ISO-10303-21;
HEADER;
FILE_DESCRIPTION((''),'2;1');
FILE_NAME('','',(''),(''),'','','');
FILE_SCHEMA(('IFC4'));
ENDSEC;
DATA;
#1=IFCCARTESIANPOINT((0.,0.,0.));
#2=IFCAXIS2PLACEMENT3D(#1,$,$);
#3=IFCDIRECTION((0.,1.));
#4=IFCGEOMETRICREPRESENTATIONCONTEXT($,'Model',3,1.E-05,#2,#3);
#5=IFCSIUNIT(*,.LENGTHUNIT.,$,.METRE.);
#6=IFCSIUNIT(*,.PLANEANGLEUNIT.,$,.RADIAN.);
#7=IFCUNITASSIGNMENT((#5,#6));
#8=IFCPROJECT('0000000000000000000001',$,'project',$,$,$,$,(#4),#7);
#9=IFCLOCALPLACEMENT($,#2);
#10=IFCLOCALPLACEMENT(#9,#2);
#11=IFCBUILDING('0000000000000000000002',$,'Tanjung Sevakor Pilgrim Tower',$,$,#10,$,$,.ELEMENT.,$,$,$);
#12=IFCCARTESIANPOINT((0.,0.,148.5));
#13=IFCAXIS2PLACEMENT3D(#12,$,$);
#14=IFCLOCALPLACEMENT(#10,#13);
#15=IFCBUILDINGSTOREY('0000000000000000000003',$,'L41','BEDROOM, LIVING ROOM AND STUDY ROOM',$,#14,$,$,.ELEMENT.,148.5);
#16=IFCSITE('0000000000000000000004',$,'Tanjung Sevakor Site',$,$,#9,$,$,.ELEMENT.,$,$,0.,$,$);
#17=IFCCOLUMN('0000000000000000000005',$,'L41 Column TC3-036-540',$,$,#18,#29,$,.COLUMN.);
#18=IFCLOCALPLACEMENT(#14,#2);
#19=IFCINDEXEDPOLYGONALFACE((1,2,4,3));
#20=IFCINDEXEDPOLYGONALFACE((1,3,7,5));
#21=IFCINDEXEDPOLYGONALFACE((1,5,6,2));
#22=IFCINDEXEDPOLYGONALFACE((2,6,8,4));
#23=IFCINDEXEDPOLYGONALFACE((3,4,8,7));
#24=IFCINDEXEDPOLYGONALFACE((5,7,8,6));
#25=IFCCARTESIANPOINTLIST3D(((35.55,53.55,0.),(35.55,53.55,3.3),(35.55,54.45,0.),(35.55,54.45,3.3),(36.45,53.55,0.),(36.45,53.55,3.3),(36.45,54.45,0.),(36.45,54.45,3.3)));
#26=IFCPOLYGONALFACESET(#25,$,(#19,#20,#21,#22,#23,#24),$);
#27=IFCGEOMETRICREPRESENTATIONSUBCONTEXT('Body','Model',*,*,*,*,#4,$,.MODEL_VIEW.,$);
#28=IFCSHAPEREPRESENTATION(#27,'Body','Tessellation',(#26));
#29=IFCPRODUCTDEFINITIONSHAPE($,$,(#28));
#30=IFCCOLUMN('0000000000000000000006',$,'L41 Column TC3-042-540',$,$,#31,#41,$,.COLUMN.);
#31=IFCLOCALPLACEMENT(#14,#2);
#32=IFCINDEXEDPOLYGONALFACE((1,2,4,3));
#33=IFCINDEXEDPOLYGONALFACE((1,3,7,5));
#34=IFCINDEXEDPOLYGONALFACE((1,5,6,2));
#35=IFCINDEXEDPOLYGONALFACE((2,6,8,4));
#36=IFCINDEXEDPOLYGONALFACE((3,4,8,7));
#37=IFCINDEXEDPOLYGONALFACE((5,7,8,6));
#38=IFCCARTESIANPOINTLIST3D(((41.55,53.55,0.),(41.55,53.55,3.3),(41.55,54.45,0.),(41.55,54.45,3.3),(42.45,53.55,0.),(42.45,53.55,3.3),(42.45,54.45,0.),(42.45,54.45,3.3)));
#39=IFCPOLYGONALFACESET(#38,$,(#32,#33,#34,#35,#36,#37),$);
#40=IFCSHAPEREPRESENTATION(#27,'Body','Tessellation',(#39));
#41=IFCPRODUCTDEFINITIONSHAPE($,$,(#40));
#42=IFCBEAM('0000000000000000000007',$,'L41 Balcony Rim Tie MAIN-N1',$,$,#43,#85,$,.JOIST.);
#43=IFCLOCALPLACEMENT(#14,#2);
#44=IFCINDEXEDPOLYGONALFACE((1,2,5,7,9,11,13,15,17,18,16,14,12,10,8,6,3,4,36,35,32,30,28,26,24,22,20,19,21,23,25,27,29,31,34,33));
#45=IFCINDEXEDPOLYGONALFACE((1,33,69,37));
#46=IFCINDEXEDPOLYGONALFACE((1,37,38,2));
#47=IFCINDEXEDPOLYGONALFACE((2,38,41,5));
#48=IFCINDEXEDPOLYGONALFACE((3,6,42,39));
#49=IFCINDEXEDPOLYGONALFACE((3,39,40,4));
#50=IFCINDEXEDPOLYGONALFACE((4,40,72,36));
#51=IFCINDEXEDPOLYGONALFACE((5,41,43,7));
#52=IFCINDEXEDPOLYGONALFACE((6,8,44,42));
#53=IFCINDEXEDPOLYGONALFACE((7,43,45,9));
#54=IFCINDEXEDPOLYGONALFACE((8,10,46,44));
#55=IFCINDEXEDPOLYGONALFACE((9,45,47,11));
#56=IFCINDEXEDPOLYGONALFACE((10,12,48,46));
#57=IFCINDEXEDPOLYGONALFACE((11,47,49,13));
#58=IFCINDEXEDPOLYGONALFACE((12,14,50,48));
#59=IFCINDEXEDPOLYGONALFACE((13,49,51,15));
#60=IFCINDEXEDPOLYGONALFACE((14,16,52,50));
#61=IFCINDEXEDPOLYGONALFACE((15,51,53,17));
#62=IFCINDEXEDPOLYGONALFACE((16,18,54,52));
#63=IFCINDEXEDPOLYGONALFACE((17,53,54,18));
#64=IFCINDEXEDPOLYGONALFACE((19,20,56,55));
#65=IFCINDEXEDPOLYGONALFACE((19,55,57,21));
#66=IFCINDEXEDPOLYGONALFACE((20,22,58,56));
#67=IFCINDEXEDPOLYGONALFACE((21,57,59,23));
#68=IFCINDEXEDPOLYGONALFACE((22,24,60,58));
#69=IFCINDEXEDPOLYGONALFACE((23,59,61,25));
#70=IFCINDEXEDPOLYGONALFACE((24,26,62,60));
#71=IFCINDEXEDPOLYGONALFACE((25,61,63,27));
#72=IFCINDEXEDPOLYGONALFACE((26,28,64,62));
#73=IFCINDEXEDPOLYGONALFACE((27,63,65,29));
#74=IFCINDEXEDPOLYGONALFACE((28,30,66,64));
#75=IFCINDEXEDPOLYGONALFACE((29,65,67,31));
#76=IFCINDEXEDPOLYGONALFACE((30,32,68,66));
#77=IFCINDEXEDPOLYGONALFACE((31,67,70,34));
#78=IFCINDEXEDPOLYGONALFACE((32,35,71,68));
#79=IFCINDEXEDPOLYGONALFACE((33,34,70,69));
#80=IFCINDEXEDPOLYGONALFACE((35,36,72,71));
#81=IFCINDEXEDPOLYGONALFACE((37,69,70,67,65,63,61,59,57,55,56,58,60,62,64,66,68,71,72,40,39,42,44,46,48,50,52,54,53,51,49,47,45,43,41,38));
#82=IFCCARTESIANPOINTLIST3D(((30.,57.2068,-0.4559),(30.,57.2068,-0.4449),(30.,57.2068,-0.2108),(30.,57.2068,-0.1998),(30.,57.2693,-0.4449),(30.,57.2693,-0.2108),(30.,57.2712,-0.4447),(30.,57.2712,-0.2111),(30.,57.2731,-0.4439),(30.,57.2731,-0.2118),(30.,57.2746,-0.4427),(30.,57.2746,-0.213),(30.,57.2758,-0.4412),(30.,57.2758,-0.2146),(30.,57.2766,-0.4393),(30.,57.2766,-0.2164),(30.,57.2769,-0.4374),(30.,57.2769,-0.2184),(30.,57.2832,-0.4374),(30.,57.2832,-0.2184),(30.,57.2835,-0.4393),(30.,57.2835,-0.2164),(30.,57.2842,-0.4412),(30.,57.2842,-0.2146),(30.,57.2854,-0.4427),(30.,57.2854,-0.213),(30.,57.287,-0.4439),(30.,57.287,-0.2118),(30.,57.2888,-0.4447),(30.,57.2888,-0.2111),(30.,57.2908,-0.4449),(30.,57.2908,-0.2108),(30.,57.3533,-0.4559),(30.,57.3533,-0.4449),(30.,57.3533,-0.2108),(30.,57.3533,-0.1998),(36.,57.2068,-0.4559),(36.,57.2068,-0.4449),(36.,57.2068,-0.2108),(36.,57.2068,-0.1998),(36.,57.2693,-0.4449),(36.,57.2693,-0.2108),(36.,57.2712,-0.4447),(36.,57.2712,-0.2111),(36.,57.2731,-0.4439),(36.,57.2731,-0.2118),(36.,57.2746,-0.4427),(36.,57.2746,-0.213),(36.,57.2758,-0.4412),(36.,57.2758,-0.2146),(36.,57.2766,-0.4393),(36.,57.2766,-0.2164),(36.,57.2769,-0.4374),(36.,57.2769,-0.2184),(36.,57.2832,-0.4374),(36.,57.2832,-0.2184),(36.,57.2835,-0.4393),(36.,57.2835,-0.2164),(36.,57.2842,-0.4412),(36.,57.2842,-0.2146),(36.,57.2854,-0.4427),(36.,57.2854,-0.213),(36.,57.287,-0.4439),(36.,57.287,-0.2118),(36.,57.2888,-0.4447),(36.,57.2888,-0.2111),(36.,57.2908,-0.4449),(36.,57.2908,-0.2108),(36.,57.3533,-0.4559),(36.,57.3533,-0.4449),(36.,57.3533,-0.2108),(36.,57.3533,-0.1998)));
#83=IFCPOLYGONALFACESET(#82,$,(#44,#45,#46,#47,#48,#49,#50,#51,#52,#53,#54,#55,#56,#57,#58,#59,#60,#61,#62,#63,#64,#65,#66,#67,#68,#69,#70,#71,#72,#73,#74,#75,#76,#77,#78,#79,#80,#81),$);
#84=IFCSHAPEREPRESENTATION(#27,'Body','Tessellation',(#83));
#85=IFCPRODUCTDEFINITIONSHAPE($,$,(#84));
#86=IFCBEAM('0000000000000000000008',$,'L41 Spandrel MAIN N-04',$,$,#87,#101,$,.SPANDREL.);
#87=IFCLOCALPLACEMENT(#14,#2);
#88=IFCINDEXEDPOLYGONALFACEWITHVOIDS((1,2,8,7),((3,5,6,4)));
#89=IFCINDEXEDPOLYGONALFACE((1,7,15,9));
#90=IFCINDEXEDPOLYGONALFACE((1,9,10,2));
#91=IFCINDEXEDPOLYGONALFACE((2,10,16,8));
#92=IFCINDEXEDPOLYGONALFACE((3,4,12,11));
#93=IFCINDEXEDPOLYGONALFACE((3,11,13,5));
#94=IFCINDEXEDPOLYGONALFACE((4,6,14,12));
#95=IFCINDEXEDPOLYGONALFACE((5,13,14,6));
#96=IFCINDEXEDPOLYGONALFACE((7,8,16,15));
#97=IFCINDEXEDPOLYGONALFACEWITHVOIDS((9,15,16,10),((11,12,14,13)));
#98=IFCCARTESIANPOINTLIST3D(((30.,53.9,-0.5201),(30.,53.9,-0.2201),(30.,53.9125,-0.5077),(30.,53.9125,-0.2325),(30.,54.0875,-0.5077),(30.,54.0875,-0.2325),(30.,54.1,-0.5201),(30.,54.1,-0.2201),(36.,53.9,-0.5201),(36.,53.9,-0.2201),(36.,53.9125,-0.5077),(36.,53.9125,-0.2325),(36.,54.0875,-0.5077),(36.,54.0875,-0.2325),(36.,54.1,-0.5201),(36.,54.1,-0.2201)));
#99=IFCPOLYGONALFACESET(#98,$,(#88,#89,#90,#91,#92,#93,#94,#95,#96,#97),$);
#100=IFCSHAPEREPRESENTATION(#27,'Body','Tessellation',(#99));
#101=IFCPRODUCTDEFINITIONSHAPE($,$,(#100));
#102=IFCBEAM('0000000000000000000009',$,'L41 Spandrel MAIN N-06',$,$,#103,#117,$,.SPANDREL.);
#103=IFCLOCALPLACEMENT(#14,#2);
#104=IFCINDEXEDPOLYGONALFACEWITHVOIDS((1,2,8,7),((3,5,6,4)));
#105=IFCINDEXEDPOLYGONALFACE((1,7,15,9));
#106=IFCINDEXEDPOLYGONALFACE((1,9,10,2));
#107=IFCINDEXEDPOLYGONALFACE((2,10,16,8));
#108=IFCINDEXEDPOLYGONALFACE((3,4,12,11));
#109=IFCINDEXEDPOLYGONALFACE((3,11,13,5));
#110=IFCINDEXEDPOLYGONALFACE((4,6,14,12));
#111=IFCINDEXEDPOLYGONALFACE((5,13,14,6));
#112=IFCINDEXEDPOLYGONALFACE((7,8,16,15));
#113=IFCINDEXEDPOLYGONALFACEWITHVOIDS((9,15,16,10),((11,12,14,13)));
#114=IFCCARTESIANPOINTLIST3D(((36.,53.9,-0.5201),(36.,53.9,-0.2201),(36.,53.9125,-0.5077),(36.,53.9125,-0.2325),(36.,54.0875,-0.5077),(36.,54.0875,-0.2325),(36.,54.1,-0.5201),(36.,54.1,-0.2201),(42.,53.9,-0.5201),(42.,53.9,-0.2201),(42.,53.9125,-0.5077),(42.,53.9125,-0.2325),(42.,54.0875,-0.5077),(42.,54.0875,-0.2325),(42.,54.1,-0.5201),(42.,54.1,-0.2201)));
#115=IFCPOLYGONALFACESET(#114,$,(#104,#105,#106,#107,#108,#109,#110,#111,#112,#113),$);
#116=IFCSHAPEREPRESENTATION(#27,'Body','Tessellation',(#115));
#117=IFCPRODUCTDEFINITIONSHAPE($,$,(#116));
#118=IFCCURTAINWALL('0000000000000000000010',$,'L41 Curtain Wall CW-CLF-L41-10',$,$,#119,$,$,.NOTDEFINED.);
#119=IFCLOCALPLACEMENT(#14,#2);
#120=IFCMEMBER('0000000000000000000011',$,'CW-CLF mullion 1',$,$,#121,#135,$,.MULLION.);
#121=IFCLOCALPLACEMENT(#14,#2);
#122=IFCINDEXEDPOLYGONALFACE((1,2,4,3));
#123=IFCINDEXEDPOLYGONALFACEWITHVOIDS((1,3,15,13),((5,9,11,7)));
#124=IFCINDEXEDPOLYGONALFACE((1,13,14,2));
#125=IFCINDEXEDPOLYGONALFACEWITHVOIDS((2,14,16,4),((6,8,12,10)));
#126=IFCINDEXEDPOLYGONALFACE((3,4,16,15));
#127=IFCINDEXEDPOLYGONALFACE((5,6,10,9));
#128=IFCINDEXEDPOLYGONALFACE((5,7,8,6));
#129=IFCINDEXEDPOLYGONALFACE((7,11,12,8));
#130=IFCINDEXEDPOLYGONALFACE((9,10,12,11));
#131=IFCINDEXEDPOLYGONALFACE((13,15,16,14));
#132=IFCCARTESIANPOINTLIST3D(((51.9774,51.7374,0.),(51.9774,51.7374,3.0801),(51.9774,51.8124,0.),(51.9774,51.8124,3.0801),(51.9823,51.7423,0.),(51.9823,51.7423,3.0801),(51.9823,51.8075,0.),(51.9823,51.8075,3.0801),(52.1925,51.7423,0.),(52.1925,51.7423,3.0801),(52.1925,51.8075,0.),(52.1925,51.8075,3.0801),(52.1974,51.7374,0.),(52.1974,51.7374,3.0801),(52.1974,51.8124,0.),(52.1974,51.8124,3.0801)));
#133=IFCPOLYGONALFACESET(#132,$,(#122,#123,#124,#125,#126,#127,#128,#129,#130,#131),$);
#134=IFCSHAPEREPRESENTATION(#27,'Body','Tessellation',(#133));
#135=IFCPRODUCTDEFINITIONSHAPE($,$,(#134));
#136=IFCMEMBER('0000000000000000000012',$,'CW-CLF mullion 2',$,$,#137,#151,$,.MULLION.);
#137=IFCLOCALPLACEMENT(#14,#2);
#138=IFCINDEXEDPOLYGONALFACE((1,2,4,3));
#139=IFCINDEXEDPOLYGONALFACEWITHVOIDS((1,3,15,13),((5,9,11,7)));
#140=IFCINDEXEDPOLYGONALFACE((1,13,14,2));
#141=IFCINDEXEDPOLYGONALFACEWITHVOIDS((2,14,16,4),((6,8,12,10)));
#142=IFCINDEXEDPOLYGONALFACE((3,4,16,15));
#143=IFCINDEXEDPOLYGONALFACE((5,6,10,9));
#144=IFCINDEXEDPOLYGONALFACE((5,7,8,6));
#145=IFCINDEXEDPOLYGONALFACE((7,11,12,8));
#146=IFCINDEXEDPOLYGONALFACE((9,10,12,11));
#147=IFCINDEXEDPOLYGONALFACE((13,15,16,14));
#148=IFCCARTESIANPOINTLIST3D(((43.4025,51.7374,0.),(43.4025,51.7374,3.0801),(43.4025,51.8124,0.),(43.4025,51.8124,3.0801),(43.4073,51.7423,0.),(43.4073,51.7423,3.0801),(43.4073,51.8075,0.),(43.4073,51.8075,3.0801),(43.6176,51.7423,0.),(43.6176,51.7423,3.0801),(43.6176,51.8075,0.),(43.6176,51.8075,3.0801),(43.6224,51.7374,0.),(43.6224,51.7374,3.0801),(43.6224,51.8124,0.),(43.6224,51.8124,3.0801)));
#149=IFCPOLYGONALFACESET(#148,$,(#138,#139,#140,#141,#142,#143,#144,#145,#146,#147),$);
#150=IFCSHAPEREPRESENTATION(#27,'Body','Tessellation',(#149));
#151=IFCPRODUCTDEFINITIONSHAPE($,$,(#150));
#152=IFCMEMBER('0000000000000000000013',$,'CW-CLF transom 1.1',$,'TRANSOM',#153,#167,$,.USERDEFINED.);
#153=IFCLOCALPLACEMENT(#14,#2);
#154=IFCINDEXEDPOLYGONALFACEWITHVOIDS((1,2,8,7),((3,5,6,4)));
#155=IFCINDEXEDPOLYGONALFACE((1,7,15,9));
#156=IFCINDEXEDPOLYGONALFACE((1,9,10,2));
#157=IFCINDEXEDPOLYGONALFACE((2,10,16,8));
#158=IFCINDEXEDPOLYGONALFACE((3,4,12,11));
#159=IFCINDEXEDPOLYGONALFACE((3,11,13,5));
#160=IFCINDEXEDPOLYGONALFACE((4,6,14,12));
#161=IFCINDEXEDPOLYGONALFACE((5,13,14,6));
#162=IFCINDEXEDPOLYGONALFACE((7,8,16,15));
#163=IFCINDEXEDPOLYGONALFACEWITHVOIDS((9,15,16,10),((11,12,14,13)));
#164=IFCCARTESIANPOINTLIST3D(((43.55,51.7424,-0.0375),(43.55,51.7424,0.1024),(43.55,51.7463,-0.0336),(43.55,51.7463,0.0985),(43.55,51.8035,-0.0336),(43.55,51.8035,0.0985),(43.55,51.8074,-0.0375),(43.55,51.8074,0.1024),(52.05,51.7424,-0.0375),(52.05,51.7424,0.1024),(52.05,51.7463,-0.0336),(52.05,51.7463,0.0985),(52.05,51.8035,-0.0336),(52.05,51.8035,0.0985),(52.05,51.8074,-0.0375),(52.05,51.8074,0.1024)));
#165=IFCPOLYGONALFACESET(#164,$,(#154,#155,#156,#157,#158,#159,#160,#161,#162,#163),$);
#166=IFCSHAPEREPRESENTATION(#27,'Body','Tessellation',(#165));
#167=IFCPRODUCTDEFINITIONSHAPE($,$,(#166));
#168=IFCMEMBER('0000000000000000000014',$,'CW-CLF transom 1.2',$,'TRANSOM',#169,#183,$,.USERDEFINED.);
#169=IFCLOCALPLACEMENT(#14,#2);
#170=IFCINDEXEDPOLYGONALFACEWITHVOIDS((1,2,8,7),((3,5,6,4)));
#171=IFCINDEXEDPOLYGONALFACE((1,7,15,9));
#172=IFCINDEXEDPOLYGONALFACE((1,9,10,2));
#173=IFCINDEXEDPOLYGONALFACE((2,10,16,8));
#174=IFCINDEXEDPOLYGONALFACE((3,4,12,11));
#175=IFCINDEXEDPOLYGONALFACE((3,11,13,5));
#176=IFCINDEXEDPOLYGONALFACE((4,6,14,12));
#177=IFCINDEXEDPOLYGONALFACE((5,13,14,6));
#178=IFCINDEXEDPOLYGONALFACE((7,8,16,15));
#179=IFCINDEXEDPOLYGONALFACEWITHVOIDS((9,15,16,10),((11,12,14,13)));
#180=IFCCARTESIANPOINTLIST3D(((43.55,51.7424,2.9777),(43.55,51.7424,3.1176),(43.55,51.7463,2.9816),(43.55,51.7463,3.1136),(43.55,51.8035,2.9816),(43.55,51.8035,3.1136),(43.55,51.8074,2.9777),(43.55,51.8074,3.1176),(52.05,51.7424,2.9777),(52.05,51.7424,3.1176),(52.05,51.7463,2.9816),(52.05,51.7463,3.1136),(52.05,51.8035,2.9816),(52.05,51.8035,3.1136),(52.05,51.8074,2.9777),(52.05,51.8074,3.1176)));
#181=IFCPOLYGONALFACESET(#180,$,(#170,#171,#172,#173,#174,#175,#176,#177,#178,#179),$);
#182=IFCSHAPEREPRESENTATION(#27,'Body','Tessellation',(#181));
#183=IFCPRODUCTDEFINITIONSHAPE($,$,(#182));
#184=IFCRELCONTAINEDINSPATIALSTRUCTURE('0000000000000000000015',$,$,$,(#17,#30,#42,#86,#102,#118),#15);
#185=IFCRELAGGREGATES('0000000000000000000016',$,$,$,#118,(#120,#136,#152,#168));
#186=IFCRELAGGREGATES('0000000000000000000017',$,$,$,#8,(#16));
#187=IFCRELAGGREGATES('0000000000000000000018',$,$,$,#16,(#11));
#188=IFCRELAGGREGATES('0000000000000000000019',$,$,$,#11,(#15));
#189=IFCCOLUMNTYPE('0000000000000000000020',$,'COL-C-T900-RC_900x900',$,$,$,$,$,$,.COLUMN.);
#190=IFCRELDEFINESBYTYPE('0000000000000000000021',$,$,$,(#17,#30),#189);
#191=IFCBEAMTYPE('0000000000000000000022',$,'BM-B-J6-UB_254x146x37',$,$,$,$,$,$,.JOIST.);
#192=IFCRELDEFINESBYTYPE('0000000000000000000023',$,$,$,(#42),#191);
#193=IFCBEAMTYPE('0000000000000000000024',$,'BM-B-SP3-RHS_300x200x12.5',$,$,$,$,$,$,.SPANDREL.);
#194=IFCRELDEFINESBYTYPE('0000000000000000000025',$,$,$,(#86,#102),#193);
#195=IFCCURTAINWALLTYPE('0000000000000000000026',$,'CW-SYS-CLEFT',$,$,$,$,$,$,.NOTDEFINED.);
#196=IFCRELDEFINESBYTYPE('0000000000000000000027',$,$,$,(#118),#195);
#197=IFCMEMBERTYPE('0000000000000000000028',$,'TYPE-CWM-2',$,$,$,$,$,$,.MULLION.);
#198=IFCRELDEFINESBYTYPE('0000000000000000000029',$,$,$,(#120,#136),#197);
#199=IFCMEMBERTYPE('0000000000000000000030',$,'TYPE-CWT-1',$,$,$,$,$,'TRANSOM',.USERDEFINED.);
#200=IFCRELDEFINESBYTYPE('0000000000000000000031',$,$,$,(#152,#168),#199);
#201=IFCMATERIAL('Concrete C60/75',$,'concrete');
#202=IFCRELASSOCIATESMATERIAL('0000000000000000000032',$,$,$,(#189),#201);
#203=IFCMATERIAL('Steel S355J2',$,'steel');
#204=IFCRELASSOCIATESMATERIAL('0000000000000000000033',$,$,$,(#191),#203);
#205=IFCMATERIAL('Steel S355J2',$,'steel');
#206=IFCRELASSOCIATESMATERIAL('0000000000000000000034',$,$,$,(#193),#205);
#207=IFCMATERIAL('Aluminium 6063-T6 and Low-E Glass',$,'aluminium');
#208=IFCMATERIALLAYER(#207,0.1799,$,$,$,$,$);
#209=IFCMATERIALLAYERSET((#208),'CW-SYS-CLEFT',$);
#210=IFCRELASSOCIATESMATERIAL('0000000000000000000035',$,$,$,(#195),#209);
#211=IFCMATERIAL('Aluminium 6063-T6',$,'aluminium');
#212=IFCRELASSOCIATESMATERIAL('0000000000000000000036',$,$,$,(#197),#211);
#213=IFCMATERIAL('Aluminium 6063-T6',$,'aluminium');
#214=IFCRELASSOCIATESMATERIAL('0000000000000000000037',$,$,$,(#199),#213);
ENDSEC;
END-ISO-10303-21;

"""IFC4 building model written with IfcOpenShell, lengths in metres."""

from ifc_helpers import new_model, si_unit, direction, frame, origin, origin_2d, place, context, subcontext, project, spatial, rectangle, hollow_rectangle, i_section, extrude, material, layer, layer_set, material_profile, profile_set, type_object, element, aggregate, save


model = new_model("IFC4")

# Units and contexts
model_context = context("Model", 3, precision=1e-05, world=origin(), true_north=direction((0.0, 1.0)))
body_context = subcontext(model_context, "Body", "Model", "MODEL_VIEW")
ifc_project = project(units=[si_unit("LENGTHUNIT", "METRE"), si_unit("PLANEANGLEUNIT", "RADIAN")], contexts=[model_context])

# Site, building, storey
site_placement = place(None, origin())
site = spatial("IfcSite", under=ifc_project, at=site_placement, Name="Tanjung Sevakor Site", CompositionType="ELEMENT", RefElevation=0.0)
building_placement = place(site_placement, origin())
building = spatial("IfcBuilding", under=site, at=building_placement, Name="Tanjung Sevakor Pilgrim Tower", CompositionType="ELEMENT")
storey_placement = place(building_placement, frame((0.0, 0.0, 148.5)))
storey = spatial("IfcBuildingStorey", under=building, at=storey_placement, Name="L41", Description="BEDROOM, LIVING ROOM AND STUDY ROOM", CompositionType="ELEMENT", Elevation=148.5)

# Columns
ifc_material_1 = material(Name="Concrete C60/75", Category="concrete")
ifc_material_profile_1 = material_profile(ifc_material_1, rectangle(XDim=0.8999, YDim=0.8999, at=origin_2d()))
ifc_profile_set_1 = profile_set([ifc_material_profile_1], Name="Concrete C60/75")
column_type = type_object("IfcColumnType", Name="COL-C-T900-RC_900x900", PredefinedType="COLUMN", material=ifc_profile_set_1)
for number, where, z_axis, x_axis, name in (
    (1, (36.0, 54.0, 0.0), (0.0, 0.0, 1.0), (1.0, 0.0, 0.0), "L41 Column TC3-036-540"),
    (2, (42.0, 54.0, 0.0), (0.0, 0.0, 1.0), (1.0, 0.0, 0.0), "L41 Column TC3-042-540"),
):
    element("IfcColumn", number, at=place(storey_placement, frame(where, z_axis=z_axis, x_axis=x_axis)), inside=storey, type_object=column_type, Name=name, PredefinedType="COLUMN", context=body_context, shape_type="SweptSolid", body=[
        extrude(rectangle(XDim=0.8999, YDim=0.8999, at=origin_2d()), origin(), (0.0, 0.0, 1.0), 3.3),
    ])

# Beams
ifc_material_2 = material(Name="Steel S355J2", Category="steel")
ifc_material_profile_2 = material_profile(ifc_material_2, i_section(OverallWidth=0.1465, OverallDepth=0.2561, WebThickness=0.0063, FlangeThickness=0.011, FilletRadius=0.0076, at=origin_2d()))
ifc_profile_set_2 = profile_set([ifc_material_profile_2], Name="Steel S355J2")
beam_type_1 = type_object("IfcBeamType", Name="BM-B-J6-UB_254x146x37", PredefinedType="JOIST", material=ifc_profile_set_2)
beam_placement = place(storey_placement, frame((30.0, 57.28, -0.3279), z_axis=(1.0, 0.0, 0.0), x_axis=(0.0, 1.0, 0.0)))
element("IfcBeam", 3, at=beam_placement, inside=storey, type_object=beam_type_1, Name="L41 Balcony Rim Tie MAIN-N1", PredefinedType="JOIST", context=body_context, shape_type="SweptSolid", body=[
    extrude(i_section(OverallWidth=0.1465, OverallDepth=0.2561, WebThickness=0.0063, FlangeThickness=0.011, FilletRadius=0.0076, at=origin_2d()), origin(), (0.0, 0.0, 1.0), 6.0),
])
ifc_material_3 = material(Name="Steel S355J2", Category="steel")
ifc_material_profile_3 = material_profile(ifc_material_3, hollow_rectangle(XDim=0.2, YDim=0.3, WallThickness=0.0125, at=origin_2d()))
ifc_profile_set_3 = profile_set([ifc_material_profile_3], Name="Steel S355J2")
beam_type_2 = type_object("IfcBeamType", Name="BM-B-SP3-RHS_300x200x12.5", PredefinedType="SPANDREL", material=ifc_profile_set_3)
for number, where, z_axis, x_axis, name in (
    (4, (30.0, 54.0, -0.3701), (1.0, 0.0, 0.0), (0.0, 1.0, 0.0), "L41 Spandrel MAIN N-04"),
    (5, (36.0, 54.0, -0.3701), (1.0, 0.0, 0.0), (0.0, 1.0, 0.0), "L41 Spandrel MAIN N-06"),
):
    element("IfcBeam", number, at=place(storey_placement, frame(where, z_axis=z_axis, x_axis=x_axis)), inside=storey, type_object=beam_type_2, Name=name, PredefinedType="SPANDREL", context=body_context, shape_type="SweptSolid", body=[
        extrude(hollow_rectangle(XDim=0.2, YDim=0.3, WallThickness=0.0125, at=origin_2d()), origin(), (0.0, 0.0, 1.0), 6.0),
    ])

# Curtain wall, members
ifc_material_4 = material(Name="Aluminium 6063-T6 and Low-E Glass", Category="aluminium")
ifc_layer_1 = layer(ifc_material_4, 0.1799)
ifc_layer_set_1 = layer_set([ifc_layer_1], Name="CW-SYS-CLEFT")
curtain_wall_type = type_object("IfcCurtainWallType", Name="CW-SYS-CLEFT", PredefinedType="NOTDEFINED", material=ifc_layer_set_1)
curtain_wall_placement = place(storey_placement, origin())
curtain_wall = element("IfcCurtainWall", 6, at=curtain_wall_placement, inside=storey, type_object=curtain_wall_type, Name="L41 Curtain Wall CW-CLF-L41-10", PredefinedType="NOTDEFINED")
ifc_material_5 = material(Name="Aluminium 6063-T6", Category="aluminium")
ifc_material_profile_4 = material_profile(ifc_material_5, hollow_rectangle(XDim=0.075, YDim=0.22, WallThickness=0.0049, at=origin_2d()))
ifc_profile_set_4 = profile_set([ifc_material_profile_4], Name="Aluminium 6063-T6")
member_type_1 = type_object("IfcMemberType", Name="TYPE-CWM-2", PredefinedType="MULLION", material=ifc_profile_set_4)
member_1_placement = place(storey_placement, frame((52.0874, 51.7749, 0.0), z_axis=(0.0, 0.0, 1.0), x_axis=(0.0, -1.0, 0.0)))
member_1 = element("IfcMember", 7, at=member_1_placement, type_object=member_type_1, Name="CW-CLF mullion 1", PredefinedType="MULLION", context=body_context, shape_type="SweptSolid", body=[
    extrude(hollow_rectangle(XDim=0.075, YDim=0.22, WallThickness=0.0049, at=origin_2d()), origin(), (0.0, 0.0, 1.0), 3.0801),
])
member_2_placement = place(storey_placement, frame((43.5125, 51.7749, 0.0), z_axis=(0.0, 0.0, 1.0), x_axis=(0.0, -1.0, 0.0)))
member_2 = element("IfcMember", 8, at=member_2_placement, type_object=member_type_1, Name="CW-CLF mullion 2", PredefinedType="MULLION", context=body_context, shape_type="SweptSolid", body=[
    extrude(hollow_rectangle(XDim=0.075, YDim=0.22, WallThickness=0.0049, at=origin_2d()), origin(), (0.0, 0.0, 1.0), 3.0801),
])
ifc_material_6 = material(Name="Aluminium 6063-T6", Category="aluminium")
ifc_material_profile_5 = material_profile(ifc_material_6, hollow_rectangle(XDim=0.0649, YDim=0.1399, WallThickness=0.0039, at=origin_2d()))
ifc_profile_set_5 = profile_set([ifc_material_profile_5], Name="Aluminium 6063-T6")
member_type_2 = type_object("IfcMemberType", Name="TYPE-CWT-1", ElementType="TRANSOM", PredefinedType="USERDEFINED", material=ifc_profile_set_5)
member_3_placement = place(storey_placement, frame((52.05, 51.7749, 0.0325), z_axis=(-1.0, 0.0, 0.0), x_axis=(0.0, -1.0, 0.0)))
member_3 = element("IfcMember", 9, at=member_3_placement, type_object=member_type_2, Name="CW-CLF transom 1.1", ObjectType="TRANSOM", PredefinedType="USERDEFINED", context=body_context, shape_type="SweptSolid", body=[
    extrude(hollow_rectangle(XDim=0.0649, YDim=0.1399, WallThickness=0.0039, at=origin_2d()), origin(), (0.0, 0.0, 1.0), 8.5),
])
member_4_placement = place(storey_placement, frame((52.05, 51.7749, 3.0476), z_axis=(-1.0, 0.0, 0.0), x_axis=(0.0, -1.0, 0.0)))
member_4 = element("IfcMember", 10, at=member_4_placement, type_object=member_type_2, Name="CW-CLF transom 1.2", ObjectType="TRANSOM", PredefinedType="USERDEFINED", context=body_context, shape_type="SweptSolid", body=[
    extrude(hollow_rectangle(XDim=0.0649, YDim=0.1399, WallThickness=0.0039, at=origin_2d()), origin(), (0.0, 0.0, 1.0), 8.5),
])
aggregate(curtain_wall, [member_1, member_2, member_3, member_4])

save(model, "model.ifc")
